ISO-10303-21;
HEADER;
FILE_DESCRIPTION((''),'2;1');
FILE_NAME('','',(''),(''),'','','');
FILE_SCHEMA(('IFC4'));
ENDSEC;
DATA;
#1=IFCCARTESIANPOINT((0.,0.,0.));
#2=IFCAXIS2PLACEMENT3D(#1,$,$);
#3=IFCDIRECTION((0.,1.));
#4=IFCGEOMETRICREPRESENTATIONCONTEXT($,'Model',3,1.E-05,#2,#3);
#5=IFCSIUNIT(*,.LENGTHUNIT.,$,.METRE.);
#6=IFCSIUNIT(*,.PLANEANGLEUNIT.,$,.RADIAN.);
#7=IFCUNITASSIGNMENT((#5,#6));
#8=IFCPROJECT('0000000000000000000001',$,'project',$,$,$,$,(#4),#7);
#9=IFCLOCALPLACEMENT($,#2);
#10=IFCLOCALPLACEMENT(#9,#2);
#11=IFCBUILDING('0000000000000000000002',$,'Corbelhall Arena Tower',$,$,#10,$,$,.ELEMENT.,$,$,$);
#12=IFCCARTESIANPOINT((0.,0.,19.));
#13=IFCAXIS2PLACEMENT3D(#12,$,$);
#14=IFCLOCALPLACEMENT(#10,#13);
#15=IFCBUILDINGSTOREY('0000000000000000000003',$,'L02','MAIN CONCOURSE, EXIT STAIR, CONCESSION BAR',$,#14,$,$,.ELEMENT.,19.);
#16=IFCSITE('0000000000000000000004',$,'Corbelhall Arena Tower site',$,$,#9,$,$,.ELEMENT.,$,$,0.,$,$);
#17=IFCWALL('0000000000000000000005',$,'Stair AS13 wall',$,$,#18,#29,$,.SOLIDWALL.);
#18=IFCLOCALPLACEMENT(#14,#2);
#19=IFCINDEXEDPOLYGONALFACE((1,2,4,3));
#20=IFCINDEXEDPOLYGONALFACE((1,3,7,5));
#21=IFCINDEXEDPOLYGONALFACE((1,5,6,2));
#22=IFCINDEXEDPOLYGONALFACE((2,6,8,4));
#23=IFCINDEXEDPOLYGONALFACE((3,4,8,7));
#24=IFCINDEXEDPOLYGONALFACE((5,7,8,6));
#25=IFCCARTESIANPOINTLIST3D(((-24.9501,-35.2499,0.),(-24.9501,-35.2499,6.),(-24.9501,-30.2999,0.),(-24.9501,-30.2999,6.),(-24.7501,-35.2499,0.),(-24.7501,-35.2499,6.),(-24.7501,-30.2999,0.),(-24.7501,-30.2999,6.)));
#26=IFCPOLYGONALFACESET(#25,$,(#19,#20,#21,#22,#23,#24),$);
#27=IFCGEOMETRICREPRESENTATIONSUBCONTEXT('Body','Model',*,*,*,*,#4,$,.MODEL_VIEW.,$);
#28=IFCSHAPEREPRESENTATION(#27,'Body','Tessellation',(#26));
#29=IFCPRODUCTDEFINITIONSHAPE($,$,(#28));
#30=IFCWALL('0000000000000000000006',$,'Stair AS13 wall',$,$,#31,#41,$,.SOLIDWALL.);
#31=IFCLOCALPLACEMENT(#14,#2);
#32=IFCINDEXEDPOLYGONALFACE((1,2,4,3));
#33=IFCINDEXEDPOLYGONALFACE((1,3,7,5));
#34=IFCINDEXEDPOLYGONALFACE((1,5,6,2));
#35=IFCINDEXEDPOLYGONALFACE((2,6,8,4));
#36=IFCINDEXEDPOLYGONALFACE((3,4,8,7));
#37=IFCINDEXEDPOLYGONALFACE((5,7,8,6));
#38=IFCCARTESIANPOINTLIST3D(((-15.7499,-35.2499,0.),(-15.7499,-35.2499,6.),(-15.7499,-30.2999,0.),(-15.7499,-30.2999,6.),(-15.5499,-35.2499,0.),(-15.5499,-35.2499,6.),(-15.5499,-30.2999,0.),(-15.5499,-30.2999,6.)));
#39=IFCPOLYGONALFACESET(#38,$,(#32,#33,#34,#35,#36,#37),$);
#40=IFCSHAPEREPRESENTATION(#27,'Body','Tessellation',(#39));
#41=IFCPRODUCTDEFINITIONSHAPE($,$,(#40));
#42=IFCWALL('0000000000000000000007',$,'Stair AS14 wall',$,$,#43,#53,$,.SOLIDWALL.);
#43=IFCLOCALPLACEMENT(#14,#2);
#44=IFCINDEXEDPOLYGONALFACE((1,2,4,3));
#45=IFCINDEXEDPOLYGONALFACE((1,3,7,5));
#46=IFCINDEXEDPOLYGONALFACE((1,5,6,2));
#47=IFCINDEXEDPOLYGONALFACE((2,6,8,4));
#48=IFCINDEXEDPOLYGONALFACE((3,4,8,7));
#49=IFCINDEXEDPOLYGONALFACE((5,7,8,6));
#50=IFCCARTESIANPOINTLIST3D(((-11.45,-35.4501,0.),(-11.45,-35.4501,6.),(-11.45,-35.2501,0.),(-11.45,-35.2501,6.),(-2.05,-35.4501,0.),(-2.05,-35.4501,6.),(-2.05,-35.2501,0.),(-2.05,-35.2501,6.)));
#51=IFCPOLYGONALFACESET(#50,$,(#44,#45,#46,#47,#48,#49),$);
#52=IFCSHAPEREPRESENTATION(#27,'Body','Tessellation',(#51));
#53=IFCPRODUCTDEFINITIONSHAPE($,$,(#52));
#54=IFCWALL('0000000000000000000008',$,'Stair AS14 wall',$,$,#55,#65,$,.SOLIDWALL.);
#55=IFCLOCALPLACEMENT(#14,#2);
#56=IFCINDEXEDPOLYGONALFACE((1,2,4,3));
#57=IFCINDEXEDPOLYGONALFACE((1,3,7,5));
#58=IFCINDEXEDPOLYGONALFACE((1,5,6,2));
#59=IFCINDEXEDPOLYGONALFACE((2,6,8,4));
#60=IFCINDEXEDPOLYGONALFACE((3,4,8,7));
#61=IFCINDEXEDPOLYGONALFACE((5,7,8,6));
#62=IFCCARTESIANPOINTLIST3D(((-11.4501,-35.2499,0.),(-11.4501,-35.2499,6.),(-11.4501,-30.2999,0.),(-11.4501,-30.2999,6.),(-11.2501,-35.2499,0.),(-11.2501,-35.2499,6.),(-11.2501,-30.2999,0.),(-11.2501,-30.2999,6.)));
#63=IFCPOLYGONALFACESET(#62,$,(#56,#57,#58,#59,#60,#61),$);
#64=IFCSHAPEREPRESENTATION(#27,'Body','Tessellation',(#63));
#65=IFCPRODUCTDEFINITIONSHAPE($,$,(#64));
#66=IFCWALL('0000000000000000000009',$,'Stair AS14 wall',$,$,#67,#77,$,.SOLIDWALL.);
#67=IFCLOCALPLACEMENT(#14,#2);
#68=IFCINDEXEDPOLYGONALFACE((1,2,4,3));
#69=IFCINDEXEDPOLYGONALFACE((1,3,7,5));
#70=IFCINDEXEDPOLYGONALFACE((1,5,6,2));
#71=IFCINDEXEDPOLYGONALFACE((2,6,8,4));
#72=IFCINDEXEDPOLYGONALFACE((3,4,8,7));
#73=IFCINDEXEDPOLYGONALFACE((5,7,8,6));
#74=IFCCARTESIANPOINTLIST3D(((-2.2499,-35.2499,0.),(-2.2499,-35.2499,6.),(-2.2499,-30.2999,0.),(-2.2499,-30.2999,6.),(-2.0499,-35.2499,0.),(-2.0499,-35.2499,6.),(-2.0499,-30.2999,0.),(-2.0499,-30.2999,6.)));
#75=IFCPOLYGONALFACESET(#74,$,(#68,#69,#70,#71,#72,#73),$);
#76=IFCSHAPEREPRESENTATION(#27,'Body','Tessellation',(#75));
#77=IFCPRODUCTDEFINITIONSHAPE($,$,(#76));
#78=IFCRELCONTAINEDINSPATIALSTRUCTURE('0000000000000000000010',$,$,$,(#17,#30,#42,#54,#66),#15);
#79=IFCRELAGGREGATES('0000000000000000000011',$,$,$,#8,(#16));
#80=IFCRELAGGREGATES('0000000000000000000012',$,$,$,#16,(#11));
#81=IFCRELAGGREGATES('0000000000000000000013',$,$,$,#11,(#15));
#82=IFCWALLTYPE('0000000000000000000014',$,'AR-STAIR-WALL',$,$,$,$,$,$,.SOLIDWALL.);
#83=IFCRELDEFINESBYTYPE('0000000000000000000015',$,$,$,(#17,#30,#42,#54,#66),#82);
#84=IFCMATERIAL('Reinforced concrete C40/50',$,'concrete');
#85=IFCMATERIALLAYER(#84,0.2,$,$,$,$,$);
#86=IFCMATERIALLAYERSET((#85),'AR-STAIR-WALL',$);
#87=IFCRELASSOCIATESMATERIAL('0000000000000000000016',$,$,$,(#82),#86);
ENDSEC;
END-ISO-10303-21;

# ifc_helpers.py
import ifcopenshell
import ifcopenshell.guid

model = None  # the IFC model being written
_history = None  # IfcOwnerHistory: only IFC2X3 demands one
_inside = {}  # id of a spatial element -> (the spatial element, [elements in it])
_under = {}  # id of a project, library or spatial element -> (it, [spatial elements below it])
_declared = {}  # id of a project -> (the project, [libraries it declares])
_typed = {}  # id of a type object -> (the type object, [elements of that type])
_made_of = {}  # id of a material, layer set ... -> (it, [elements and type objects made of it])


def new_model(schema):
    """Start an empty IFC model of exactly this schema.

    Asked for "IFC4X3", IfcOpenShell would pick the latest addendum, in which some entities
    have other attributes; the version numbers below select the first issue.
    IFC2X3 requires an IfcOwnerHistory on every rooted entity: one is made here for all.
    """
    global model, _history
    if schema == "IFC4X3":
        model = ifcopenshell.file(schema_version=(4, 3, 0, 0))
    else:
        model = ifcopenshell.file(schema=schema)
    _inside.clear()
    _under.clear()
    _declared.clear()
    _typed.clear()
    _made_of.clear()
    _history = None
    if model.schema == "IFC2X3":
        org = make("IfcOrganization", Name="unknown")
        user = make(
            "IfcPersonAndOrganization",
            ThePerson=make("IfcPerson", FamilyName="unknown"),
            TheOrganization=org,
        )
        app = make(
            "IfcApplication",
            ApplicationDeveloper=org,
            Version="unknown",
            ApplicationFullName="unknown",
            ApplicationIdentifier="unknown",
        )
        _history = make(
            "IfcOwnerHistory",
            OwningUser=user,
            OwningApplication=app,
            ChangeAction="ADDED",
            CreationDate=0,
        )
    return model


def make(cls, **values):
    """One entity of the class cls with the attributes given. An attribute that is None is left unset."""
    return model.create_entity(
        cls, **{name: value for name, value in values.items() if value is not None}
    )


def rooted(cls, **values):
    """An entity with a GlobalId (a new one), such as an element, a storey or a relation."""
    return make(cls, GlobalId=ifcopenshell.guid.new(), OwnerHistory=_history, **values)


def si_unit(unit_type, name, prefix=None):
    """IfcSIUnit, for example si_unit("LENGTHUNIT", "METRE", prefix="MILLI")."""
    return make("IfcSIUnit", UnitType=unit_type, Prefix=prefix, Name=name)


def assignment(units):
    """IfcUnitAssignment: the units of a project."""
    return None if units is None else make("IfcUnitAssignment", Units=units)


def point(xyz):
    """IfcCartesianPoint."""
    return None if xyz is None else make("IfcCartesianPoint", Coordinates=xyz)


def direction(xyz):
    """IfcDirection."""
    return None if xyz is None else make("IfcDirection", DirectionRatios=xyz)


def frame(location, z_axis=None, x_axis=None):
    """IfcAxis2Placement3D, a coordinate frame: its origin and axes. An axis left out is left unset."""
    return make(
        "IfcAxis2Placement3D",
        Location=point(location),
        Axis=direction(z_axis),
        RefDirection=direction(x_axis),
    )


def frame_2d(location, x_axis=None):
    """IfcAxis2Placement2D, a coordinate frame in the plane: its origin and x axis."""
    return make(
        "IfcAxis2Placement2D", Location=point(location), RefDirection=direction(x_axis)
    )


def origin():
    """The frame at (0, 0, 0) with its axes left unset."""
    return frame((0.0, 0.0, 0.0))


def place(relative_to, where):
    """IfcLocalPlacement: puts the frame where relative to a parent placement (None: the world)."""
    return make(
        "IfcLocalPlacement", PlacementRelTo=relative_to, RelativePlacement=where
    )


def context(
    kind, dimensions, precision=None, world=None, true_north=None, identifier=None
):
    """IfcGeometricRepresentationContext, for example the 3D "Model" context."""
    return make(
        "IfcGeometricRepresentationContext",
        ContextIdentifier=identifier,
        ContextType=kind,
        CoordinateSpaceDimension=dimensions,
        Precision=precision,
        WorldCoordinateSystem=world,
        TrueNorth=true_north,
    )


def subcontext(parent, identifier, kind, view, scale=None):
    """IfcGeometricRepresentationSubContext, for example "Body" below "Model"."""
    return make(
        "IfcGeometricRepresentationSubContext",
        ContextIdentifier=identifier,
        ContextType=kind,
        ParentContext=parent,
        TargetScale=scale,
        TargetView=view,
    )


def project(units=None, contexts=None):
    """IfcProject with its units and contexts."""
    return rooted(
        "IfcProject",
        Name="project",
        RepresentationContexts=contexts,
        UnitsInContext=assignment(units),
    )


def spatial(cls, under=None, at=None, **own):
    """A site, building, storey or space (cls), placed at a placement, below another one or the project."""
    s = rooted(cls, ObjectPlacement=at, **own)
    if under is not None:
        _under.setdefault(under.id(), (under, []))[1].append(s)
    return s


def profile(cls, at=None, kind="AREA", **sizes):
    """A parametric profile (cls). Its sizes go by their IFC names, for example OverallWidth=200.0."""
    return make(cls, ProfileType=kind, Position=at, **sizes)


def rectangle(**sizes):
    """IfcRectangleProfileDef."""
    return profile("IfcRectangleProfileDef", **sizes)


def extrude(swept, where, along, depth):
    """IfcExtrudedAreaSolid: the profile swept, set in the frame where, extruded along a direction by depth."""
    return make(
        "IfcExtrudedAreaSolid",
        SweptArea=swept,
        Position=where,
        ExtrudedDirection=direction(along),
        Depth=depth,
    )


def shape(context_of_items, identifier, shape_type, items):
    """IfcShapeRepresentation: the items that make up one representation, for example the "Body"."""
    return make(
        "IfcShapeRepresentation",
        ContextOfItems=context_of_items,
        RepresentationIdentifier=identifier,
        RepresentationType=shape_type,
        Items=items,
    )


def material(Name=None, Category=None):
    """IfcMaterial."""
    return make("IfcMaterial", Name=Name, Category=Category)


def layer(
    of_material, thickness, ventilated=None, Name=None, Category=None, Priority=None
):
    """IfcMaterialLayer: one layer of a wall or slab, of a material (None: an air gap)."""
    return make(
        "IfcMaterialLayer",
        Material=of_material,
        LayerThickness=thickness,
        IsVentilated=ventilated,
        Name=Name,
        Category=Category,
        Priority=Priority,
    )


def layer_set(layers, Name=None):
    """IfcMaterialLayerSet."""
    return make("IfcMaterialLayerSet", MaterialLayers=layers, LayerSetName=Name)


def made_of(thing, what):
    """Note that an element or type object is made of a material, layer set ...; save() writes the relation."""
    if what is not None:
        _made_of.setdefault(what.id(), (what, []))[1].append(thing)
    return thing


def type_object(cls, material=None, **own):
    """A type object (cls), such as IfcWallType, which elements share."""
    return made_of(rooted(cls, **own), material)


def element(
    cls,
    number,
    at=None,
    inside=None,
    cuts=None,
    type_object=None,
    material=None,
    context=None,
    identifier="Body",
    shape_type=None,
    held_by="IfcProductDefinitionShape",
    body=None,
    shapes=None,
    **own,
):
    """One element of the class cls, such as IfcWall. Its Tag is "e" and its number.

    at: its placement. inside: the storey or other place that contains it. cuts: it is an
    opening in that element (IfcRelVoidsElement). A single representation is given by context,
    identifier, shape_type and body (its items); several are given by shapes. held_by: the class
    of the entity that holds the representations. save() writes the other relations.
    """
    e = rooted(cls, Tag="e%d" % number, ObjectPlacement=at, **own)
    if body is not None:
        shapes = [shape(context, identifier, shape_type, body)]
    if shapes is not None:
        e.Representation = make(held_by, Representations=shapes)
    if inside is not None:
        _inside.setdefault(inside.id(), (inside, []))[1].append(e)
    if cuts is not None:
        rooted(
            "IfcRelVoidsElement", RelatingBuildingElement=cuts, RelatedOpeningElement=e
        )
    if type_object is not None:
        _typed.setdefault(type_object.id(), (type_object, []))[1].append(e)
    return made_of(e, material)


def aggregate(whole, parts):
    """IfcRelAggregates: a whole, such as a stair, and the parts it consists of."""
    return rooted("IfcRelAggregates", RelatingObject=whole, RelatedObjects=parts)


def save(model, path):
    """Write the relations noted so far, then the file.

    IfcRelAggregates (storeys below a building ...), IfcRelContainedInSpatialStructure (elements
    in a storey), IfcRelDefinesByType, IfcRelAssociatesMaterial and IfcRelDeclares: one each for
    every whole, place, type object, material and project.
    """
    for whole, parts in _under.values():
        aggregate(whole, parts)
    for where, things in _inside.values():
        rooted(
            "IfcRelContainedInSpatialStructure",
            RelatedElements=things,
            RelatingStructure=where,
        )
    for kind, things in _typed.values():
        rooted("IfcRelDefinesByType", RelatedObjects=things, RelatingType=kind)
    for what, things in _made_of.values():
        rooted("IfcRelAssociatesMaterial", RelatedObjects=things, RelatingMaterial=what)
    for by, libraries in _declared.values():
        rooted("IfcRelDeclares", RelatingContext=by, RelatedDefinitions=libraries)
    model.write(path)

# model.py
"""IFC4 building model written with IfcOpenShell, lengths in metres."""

from ifc_helpers import new_model, si_unit, direction, frame, frame_2d, origin, place, context, subcontext, project, spatial, rectangle, extrude, material, layer, layer_set, type_object, element, save


model = new_model("IFC4")

# Units and contexts
model_context = context("Model", 3, precision=1e-05, world=origin(), true_north=direction((0.0, 1.0)))
body_context = subcontext(model_context, "Body", "Model", "MODEL_VIEW")
ifc_project = project(units=[si_unit("LENGTHUNIT", "METRE"), si_unit("PLANEANGLEUNIT", "RADIAN")], contexts=[model_context])

# Site, building, storey
site_placement = place(None, origin())
site = spatial("IfcSite", under=ifc_project, at=site_placement, Name="Corbelhall Arena Tower site", CompositionType="ELEMENT", RefElevation=0.0)
building_placement = place(site_placement, origin())
building = spatial("IfcBuilding", under=site, at=building_placement, Name="Corbelhall Arena Tower", CompositionType="ELEMENT")
storey_placement = place(building_placement, frame((0.0, 0.0, 19.0)))
storey = spatial("IfcBuildingStorey", under=building, at=storey_placement, Name="L02", Description="MAIN CONCOURSE, EXIT STAIR, CONCESSION BAR", CompositionType="ELEMENT", Elevation=19.0)

# Walls
ifc_material_1 = material(Name="Reinforced concrete C40/50", Category="concrete")
ifc_layer_1 = layer(ifc_material_1, 0.2)
ifc_layer_set_1 = layer_set([ifc_layer_1], Name="AR-STAIR-WALL")
wall_type_1 = type_object("IfcWallType", Name="AR-STAIR-WALL", PredefinedType="SOLIDWALL", material=ifc_layer_set_1)
for number, where, z_axis, x_axis, name in (
    (1, (-24.8501, -35.25, 0.0), (0.0, 0.0, 1.0), (0.0, 1.0, 0.0), "Stair AS13 wall"),
    (2, (-15.6499, -35.25, 0.0), (0.0, 0.0, 1.0), (0.0, 1.0, 0.0), "Stair AS13 wall"),
):
    element("IfcWall", number, at=place(storey_placement, frame(where, z_axis=z_axis, x_axis=x_axis)), inside=storey, type_object=wall_type_1, Name=name, PredefinedType="SOLIDWALL", context=body_context, shape_type="SweptSolid", body=[
        extrude(rectangle(XDim=4.95, YDim=0.2, at=frame_2d((2.4751, 0.0))), origin(), (0.0, 0.0, 1.0), 6.0),
    ])
wall_1_placement = place(storey_placement, frame((-11.45, -35.3501, 0.0), z_axis=(0.0, 0.0, 1.0), x_axis=(1.0, 0.0, 0.0)))
element("IfcWall", 3, at=wall_1_placement, inside=storey, type_object=wall_type_1, Name="Stair AS14 wall", PredefinedType="SOLIDWALL", context=body_context, shape_type="SweptSolid", body=[
    extrude(rectangle(XDim=9.3999, YDim=0.2, at=frame_2d((4.7, 0.0))), origin(), (0.0, 0.0, 1.0), 6.0),
])
for number, where, z_axis, x_axis, name in (
    (4, (-11.3501, -35.25, 0.0), (0.0, 0.0, 1.0), (0.0, 1.0, 0.0), "Stair AS14 wall"),
    (5, (-2.1499, -35.25, 0.0), (0.0, 0.0, 1.0), (0.0, 1.0, 0.0), "Stair AS14 wall"),
):
    element("IfcWall", number, at=place(storey_placement, frame(where, z_axis=z_axis, x_axis=x_axis)), inside=storey, type_object=wall_type_1, Name=name, PredefinedType="SOLIDWALL", context=body_context, shape_type="SweptSolid", body=[
        extrude(rectangle(XDim=4.95, YDim=0.2, at=frame_2d((2.4751, 0.0))), origin(), (0.0, 0.0, 1.0), 6.0),
    ])

save(model, "model.ifc")
